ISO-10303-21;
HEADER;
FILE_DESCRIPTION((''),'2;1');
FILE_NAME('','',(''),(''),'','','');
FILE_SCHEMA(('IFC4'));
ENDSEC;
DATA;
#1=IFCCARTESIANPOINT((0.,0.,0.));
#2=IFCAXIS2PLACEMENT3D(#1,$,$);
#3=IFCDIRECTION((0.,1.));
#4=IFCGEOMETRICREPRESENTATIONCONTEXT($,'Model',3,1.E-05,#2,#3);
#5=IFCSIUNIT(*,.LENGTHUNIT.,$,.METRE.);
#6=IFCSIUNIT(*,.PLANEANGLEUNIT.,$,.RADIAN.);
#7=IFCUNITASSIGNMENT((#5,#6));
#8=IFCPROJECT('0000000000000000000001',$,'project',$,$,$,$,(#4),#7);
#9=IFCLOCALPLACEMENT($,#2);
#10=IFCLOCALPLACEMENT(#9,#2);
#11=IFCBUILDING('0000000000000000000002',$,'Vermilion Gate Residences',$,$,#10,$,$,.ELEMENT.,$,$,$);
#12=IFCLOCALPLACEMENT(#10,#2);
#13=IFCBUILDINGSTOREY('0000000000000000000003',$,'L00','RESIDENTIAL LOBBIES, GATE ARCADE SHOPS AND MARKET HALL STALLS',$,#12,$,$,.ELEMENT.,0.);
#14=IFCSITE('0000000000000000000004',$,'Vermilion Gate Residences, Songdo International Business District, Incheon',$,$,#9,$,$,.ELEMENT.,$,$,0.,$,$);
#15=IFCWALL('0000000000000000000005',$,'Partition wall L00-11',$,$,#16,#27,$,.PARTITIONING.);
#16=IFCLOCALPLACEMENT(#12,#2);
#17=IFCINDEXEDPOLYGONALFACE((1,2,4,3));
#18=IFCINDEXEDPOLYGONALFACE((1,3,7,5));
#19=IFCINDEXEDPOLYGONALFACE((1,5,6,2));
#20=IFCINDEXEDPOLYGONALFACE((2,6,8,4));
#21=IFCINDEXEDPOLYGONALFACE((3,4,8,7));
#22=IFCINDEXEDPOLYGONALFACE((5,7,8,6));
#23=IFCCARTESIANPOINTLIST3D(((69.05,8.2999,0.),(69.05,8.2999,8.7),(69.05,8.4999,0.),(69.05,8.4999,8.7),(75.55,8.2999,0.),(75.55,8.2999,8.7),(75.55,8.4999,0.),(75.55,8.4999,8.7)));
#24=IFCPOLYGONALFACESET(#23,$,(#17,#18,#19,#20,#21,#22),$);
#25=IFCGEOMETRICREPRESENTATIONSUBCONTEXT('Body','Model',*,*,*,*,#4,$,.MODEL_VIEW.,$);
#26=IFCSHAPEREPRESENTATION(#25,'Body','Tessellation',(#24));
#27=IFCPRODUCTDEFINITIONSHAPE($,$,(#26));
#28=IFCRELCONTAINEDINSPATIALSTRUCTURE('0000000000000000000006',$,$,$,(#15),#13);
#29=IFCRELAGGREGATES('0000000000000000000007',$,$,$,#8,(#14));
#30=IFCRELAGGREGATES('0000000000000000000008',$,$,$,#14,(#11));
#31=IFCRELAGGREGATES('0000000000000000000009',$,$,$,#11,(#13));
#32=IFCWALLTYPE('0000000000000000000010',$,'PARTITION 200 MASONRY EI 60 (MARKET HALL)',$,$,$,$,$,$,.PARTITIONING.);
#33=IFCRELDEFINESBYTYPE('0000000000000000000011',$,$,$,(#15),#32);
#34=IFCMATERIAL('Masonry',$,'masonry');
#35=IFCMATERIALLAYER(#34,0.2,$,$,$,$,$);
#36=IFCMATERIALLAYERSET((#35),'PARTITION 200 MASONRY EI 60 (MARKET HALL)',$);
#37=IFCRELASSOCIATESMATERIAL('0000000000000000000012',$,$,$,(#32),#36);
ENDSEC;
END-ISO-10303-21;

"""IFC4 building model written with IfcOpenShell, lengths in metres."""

from ifc_helpers import new_model, si_unit, direction, frame, frame_2d, origin, place, context, subcontext, project, spatial, rectangle, extrude, material, layer, layer_set, type_object, element, save


model = new_model("IFC4")

# Units and contexts
model_context = context("Model", 3, precision=1e-05, world=origin(), true_north=direction((0.0, 1.0)))
body_context = subcontext(model_context, "Body", "Model", "MODEL_VIEW")
ifc_project = project(units=[si_unit("LENGTHUNIT", "METRE"), si_unit("PLANEANGLEUNIT", "RADIAN")], contexts=[model_context])

# Site, building, storey
site_placement = place(None, origin())
site = spatial("IfcSite", under=ifc_project, at=site_placement, Name="Vermilion Gate Residences, Songdo International Business District, Incheon", CompositionType="ELEMENT", RefElevation=0.0)
building_placement = place(site_placement, origin())
building = spatial("IfcBuilding", under=site, at=building_placement, Name="Vermilion Gate Residences", CompositionType="ELEMENT")
storey_placement = place(building_placement, origin())
storey = spatial("IfcBuildingStorey", under=building, at=storey_placement, Name="L00", Description="RESIDENTIAL LOBBIES, GATE ARCADE SHOPS AND MARKET HALL STALLS", CompositionType="ELEMENT", Elevation=0.0)

# Wall
ifc_material_1 = material(Name="Masonry", Category="masonry")
ifc_layer_1 = layer(ifc_material_1, 0.2)
ifc_layer_set_1 = layer_set([ifc_layer_1], Name="PARTITION 200 MASONRY EI 60 (MARKET HALL)")
wall_type = type_object("IfcWallType", Name="PARTITION 200 MASONRY EI 60 (MARKET HALL)", PredefinedType="PARTITIONING", material=ifc_layer_set_1)
wall_1_placement = place(storey_placement, frame((69.05, 8.3999, 0.0), z_axis=(0.0, 0.0, 1.0), x_axis=(1.0, 0.0, 0.0)))
element("IfcWall", 1, at=wall_1_placement, inside=storey, type_object=wall_type, Name="Partition wall L00-11", PredefinedType="PARTITIONING", context=body_context, shape_type="SweptSolid", body=[
    extrude(rectangle(XDim=6.5, YDim=0.2, at=frame_2d((3.25, 0.0))), origin(), (0.0, 0.0, 1.0), 8.7),
])

save(model, "model.ifc")
